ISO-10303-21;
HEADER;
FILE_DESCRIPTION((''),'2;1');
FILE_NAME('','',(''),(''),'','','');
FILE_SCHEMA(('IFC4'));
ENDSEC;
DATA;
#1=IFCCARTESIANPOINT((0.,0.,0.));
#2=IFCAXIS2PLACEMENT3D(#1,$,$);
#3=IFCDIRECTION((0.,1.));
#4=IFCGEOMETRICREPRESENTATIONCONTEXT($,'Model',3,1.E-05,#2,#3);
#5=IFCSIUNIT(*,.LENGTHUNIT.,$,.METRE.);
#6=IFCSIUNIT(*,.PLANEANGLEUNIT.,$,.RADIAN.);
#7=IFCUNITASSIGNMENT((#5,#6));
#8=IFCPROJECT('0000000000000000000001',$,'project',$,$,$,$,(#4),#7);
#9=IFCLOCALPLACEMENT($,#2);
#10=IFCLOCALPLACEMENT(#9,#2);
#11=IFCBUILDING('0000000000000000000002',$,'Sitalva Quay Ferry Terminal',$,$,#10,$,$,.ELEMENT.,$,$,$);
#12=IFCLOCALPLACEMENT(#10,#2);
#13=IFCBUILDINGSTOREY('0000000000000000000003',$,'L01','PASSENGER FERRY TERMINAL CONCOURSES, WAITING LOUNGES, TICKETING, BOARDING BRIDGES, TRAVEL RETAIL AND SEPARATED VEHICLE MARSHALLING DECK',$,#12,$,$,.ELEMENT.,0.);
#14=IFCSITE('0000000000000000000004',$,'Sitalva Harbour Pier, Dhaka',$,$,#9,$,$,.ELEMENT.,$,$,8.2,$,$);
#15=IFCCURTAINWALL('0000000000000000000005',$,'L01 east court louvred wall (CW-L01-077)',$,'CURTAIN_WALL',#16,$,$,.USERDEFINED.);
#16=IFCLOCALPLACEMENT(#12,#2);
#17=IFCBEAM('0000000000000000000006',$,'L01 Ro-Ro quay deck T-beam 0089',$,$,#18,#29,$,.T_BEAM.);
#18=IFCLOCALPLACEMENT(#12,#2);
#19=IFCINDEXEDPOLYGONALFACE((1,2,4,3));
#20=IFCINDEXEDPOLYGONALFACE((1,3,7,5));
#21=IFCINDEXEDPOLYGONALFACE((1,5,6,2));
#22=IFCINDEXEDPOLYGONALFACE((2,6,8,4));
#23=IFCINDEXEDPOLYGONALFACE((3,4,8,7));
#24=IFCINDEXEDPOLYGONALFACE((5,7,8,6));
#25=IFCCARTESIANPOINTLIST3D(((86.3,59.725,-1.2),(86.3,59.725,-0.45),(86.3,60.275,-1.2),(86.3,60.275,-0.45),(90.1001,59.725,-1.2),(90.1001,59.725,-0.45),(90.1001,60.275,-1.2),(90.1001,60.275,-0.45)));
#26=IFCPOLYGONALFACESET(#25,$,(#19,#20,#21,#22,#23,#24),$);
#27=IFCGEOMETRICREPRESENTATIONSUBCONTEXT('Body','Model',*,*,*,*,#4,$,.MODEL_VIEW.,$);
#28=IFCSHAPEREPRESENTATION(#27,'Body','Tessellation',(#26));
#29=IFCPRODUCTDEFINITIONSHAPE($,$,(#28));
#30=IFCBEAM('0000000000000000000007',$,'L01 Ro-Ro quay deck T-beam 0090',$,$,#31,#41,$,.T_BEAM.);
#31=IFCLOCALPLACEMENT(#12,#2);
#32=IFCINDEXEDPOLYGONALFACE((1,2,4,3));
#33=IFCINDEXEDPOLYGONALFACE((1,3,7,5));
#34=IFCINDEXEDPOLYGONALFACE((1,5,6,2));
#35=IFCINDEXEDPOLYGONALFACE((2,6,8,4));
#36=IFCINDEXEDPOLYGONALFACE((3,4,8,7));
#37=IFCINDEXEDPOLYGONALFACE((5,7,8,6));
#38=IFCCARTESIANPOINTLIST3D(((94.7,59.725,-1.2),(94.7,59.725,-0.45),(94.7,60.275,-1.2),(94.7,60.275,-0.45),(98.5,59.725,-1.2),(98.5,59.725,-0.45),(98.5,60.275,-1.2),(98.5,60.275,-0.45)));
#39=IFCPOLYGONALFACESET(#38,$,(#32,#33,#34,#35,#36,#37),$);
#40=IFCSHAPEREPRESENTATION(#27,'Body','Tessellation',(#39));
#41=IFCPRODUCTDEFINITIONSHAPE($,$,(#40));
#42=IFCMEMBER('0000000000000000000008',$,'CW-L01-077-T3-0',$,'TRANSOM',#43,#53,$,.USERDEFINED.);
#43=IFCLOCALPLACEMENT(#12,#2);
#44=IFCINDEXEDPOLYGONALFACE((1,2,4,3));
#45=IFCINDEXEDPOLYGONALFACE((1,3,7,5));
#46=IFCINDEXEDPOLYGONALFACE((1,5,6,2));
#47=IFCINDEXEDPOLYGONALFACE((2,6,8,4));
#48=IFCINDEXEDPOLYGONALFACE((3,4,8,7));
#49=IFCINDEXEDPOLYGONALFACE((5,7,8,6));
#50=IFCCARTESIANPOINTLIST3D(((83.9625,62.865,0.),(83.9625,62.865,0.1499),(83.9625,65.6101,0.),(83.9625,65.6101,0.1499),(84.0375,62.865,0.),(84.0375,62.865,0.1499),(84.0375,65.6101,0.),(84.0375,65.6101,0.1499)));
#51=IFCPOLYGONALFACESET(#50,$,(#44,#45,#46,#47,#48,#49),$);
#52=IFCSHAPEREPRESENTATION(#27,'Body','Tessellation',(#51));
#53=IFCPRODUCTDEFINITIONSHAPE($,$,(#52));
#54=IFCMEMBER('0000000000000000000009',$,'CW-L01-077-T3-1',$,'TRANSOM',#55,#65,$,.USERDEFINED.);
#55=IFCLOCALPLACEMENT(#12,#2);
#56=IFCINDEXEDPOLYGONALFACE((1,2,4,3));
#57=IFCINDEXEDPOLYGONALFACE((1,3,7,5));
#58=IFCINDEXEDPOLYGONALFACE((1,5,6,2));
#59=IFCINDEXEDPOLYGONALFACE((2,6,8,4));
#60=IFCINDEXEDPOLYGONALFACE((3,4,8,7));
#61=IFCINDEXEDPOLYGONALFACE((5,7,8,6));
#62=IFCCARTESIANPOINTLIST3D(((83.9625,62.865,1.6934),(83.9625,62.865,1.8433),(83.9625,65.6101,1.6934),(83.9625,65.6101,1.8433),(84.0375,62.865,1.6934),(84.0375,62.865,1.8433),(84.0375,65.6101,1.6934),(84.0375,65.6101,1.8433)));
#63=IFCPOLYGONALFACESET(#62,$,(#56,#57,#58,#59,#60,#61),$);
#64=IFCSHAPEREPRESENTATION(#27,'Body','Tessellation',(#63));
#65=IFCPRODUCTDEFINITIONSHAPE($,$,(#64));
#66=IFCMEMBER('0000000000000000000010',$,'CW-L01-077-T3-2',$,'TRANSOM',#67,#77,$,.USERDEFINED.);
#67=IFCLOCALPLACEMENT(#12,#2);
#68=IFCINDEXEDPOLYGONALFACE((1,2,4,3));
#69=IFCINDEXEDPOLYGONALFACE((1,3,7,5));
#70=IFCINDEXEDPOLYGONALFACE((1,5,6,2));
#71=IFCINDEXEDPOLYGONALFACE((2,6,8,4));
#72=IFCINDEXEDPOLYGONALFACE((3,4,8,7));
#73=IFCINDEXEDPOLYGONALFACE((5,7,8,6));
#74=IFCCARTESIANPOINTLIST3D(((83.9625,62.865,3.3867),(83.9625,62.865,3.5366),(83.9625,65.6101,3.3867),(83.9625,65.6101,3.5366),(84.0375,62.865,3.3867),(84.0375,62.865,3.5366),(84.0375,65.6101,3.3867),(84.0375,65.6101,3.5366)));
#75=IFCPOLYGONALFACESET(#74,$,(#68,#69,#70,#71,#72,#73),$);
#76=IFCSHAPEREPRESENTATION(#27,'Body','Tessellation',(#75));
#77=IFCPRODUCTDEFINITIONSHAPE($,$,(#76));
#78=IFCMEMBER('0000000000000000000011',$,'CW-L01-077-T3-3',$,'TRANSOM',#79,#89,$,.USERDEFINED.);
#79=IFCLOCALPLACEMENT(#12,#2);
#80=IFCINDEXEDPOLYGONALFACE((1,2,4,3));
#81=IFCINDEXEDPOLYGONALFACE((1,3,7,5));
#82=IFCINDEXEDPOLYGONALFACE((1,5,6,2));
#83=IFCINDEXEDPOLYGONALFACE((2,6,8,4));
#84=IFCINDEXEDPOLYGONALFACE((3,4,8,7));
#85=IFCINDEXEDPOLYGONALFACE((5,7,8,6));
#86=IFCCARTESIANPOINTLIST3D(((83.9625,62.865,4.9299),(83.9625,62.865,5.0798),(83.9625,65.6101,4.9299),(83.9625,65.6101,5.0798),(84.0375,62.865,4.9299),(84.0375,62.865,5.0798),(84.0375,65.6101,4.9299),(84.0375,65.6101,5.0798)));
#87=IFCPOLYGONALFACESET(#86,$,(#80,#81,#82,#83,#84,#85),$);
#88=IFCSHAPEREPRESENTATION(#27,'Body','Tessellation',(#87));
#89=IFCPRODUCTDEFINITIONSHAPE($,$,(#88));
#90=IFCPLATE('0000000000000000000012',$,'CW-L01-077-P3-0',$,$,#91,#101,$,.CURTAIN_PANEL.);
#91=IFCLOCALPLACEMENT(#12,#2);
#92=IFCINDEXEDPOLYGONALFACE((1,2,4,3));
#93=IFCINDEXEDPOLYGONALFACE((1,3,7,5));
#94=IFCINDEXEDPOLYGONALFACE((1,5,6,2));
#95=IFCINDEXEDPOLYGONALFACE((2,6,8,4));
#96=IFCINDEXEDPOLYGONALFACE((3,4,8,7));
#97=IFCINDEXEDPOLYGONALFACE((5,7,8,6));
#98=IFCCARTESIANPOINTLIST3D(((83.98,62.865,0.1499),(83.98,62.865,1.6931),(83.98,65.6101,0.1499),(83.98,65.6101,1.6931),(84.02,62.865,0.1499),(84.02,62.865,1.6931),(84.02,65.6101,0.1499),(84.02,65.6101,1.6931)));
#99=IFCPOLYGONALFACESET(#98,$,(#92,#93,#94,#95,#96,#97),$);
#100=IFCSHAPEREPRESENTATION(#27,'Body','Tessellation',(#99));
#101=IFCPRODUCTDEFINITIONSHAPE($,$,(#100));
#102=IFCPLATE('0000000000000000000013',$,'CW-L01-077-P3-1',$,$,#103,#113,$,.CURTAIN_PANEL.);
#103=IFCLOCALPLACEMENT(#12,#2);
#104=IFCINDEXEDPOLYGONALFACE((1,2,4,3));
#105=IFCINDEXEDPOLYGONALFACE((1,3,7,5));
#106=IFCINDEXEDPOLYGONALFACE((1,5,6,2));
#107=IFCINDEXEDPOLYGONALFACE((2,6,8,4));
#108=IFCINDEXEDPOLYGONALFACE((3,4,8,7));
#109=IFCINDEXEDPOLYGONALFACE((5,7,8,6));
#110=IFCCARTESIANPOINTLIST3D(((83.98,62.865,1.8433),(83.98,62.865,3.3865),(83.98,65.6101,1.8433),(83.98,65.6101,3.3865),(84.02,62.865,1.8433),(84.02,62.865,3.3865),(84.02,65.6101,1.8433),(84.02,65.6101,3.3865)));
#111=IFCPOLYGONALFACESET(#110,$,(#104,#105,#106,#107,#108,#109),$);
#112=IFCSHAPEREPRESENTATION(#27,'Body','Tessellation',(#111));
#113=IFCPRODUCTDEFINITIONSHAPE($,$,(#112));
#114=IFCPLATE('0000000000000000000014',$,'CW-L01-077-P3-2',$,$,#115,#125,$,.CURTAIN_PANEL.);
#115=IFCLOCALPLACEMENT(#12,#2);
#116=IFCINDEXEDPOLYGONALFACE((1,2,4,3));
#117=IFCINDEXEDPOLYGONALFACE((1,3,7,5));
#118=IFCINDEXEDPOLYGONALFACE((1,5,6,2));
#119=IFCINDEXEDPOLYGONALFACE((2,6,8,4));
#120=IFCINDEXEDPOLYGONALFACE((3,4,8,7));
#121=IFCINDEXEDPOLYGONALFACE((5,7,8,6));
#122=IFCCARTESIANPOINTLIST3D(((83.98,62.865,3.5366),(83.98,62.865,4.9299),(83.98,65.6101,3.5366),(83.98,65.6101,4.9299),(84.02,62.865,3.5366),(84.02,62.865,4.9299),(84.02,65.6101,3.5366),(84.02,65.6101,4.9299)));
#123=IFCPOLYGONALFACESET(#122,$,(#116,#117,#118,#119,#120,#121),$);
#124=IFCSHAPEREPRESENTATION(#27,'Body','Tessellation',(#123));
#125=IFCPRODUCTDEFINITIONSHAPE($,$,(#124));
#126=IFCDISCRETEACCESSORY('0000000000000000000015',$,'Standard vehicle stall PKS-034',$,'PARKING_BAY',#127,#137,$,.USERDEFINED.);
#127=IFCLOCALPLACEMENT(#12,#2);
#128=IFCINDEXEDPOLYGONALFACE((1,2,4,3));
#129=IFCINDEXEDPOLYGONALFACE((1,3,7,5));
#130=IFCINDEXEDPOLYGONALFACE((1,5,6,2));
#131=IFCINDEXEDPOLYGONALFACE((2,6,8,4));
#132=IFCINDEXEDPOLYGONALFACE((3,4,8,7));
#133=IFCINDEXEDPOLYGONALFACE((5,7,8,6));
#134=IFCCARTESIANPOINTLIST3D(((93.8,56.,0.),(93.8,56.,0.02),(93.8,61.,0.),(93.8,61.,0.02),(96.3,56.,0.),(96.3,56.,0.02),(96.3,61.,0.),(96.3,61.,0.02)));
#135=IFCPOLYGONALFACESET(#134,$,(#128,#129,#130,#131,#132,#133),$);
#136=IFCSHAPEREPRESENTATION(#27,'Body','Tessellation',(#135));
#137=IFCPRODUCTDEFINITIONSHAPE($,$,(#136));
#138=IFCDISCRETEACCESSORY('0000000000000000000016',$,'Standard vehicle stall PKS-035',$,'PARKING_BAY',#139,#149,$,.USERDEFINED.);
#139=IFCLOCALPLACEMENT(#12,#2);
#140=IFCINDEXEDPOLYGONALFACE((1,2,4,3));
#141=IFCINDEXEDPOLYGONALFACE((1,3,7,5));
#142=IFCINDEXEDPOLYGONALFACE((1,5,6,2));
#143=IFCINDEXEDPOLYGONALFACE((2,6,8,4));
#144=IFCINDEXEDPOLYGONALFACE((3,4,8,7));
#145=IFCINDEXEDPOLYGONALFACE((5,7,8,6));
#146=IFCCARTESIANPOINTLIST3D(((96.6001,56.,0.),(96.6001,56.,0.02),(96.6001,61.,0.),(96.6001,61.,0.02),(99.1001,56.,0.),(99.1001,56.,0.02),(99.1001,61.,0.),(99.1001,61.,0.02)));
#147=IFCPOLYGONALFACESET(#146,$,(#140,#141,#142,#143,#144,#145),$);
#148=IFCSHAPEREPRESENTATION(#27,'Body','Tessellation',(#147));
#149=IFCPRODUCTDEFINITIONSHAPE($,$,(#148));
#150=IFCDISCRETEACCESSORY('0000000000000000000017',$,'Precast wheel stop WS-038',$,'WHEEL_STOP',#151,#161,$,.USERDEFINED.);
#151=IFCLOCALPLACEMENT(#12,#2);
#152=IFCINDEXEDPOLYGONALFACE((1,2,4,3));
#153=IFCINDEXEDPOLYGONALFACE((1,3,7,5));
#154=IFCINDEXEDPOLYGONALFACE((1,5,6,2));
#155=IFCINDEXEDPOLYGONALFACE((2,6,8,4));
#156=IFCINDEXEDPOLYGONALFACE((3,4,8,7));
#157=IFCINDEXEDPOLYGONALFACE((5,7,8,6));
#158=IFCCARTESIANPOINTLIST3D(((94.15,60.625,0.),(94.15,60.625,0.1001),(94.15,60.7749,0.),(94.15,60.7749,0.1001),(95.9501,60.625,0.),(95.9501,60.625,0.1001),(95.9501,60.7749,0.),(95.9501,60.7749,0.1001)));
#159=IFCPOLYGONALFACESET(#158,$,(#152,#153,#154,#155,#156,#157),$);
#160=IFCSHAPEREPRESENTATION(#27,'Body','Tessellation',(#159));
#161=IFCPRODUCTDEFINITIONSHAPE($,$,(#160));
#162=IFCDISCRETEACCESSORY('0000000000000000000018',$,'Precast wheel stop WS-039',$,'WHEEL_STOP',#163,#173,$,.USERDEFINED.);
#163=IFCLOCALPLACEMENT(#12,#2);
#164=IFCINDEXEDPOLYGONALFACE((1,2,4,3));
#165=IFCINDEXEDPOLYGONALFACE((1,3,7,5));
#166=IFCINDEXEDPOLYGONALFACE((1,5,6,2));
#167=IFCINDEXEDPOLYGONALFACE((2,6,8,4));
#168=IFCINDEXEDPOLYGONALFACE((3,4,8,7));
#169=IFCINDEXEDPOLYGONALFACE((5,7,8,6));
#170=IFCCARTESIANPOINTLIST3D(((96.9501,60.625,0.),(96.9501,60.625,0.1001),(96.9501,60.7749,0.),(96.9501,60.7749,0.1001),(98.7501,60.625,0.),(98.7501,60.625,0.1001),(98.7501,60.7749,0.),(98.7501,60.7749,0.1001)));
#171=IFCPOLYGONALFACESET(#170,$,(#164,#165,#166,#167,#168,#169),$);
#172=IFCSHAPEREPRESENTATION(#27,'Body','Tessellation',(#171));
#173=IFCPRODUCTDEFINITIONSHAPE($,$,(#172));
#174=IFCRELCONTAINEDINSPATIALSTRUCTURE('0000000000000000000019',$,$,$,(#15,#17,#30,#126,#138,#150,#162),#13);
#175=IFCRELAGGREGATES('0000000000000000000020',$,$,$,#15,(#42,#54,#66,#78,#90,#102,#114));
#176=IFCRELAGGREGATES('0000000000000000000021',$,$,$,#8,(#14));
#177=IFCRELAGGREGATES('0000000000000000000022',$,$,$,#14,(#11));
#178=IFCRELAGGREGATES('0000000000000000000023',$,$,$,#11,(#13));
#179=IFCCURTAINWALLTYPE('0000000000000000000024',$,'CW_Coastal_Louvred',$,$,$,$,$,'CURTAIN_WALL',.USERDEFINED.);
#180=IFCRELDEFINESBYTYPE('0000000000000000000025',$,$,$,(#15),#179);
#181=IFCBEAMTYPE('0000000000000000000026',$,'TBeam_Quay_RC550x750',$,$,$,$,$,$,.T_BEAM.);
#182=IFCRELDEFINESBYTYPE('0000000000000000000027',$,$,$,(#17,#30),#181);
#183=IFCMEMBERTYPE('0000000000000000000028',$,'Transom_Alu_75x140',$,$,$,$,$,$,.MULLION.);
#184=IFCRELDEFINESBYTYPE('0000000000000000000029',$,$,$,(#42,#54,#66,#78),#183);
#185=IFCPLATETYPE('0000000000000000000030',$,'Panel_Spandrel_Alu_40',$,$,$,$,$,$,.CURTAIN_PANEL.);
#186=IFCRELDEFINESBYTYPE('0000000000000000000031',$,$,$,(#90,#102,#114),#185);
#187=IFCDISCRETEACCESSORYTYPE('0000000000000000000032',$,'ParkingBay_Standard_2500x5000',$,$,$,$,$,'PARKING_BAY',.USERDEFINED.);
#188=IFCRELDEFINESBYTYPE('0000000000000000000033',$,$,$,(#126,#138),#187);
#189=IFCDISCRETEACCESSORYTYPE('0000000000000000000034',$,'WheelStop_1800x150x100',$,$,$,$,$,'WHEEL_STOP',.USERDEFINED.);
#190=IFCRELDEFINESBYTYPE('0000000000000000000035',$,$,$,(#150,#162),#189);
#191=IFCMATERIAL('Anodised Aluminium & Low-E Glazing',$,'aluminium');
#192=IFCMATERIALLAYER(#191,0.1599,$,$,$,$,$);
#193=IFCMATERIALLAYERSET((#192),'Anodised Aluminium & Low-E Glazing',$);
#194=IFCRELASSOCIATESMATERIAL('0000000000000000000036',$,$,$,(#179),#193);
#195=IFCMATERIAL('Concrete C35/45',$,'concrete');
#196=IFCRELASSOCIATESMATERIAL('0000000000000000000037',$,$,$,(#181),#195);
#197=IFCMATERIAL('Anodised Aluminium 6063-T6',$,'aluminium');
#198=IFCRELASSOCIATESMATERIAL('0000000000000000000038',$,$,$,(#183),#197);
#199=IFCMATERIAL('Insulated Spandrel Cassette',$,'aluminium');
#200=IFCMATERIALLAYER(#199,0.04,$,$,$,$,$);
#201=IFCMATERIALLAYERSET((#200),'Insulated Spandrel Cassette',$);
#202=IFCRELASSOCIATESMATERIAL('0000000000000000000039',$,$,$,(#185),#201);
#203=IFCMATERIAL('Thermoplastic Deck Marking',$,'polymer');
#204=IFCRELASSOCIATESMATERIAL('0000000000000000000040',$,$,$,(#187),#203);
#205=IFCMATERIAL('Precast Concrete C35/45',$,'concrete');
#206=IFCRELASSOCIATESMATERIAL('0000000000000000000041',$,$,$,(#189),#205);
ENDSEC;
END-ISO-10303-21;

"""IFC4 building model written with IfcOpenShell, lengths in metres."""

from ifc_helpers import new_model, si_unit, direction, frame, origin, origin_2d, place, context, subcontext, project, spatial, rectangle, extrude, material, layer, layer_set, material_profile, profile_set, type_object, element, aggregate, save


model = new_model("IFC4")

# Units and contexts
model_context = context("Model", 3, precision=1e-05, world=origin(), true_north=direction((0.0, 1.0)))
body_context = subcontext(model_context, "Body", "Model", "MODEL_VIEW")
ifc_project = project(units=[si_unit("LENGTHUNIT", "METRE"), si_unit("PLANEANGLEUNIT", "RADIAN")], contexts=[model_context])

# Site, building, storey
site_placement = place(None, origin())
site = spatial("IfcSite", under=ifc_project, at=site_placement, Name="Sitalva Harbour Pier, Dhaka", CompositionType="ELEMENT", RefElevation=8.2)
building_placement = place(site_placement, origin())
building = spatial("IfcBuilding", under=site, at=building_placement, Name="Sitalva Quay Ferry Terminal", CompositionType="ELEMENT")
storey_placement = place(building_placement, origin())
storey = spatial("IfcBuildingStorey", under=building, at=storey_placement, Name="L01", Description="PASSENGER FERRY TERMINAL CONCOURSES, WAITING LOUNGES, TICKETING, BOARDING BRIDGES, TRAVEL RETAIL AND SEPARATED VEHICLE MARSHALLING DECK", CompositionType="ELEMENT", Elevation=0.0)

# Curtain wall
ifc_material_1 = material(Name="Anodised Aluminium & Low-E Glazing", Category="aluminium")
ifc_layer_1 = layer(ifc_material_1, 0.1599)
ifc_layer_set_1 = layer_set([ifc_layer_1], Name="Anodised Aluminium & Low-E Glazing")
curtain_wall_type = type_object("IfcCurtainWallType", Name="CW_Coastal_Louvred", ElementType="CURTAIN_WALL", PredefinedType="USERDEFINED", material=ifc_layer_set_1)
curtain_wall_placement = place(storey_placement, origin())
curtain_wall = element("IfcCurtainWall", 1, at=curtain_wall_placement, inside=storey, type_object=curtain_wall_type, Name="L01 east court louvred wall (CW-L01-077)", ObjectType="CURTAIN_WALL", PredefinedType="USERDEFINED")

# Beams
ifc_material_2 = material(Name="Concrete C35/45", Category="concrete")
ifc_material_profile_1 = material_profile(ifc_material_2, rectangle(XDim=0.55, YDim=0.75, at=origin_2d()), Name="RC550x750")
ifc_profile_set_1 = profile_set([ifc_material_profile_1], Name="Concrete C35/45")
beam_type_1 = type_object("IfcBeamType", Name="TBeam_Quay_RC550x750", PredefinedType="T_BEAM", material=ifc_profile_set_1)
for number, where, z_axis, x_axis, name in (
    (2, (86.3, 60.0, -0.825), (1.0, 0.0, 0.0), (0.0, 1.0, 0.0), "L01 Ro-Ro quay deck T-beam 0089"),
    (3, (94.7, 60.0, -0.825), (1.0, 0.0, 0.0), (0.0, 1.0, 0.0), "L01 Ro-Ro quay deck T-beam 0090"),
):
    element("IfcBeam", number, at=place(storey_placement, frame(where, z_axis=z_axis, x_axis=x_axis)), inside=storey, type_object=beam_type_1, Name=name, PredefinedType="T_BEAM", context=body_context, shape_type="SweptSolid", body=[
        extrude(rectangle(XDim=0.55, YDim=0.75, at=origin_2d()), origin(), (0.0, 0.0, 1.0), 3.8),
    ])

# Members
ifc_material_3 = material(Name="Anodised Aluminium 6063-T6", Category="aluminium")
ifc_material_profile_2 = material_profile(ifc_material_3, rectangle(XDim=0.075, YDim=0.1499, at=origin_2d()), Name="ALU75x150")
ifc_profile_set_2 = profile_set([ifc_material_profile_2], Name="Anodised Aluminium 6063-T6")
member_type_1 = type_object("IfcMemberType", Name="Transom_Alu_75x140", PredefinedType="MULLION", material=ifc_profile_set_2)
member_1_placement = place(storey_placement, frame((84.0, 62.865, 0.075), z_axis=(0.0, 1.0, 0.0), x_axis=(-1.0, 0.0, 0.0)))
member_1 = element("IfcMember", 4, at=member_1_placement, type_object=member_type_1, Name="CW-L01-077-T3-0", ObjectType="TRANSOM", PredefinedType="USERDEFINED", context=body_context, shape_type="SweptSolid", body=[
    extrude(rectangle(XDim=0.075, YDim=0.1499, at=origin_2d()), origin(), (0.0, 0.0, 1.0), 2.7451),
])
member_2_placement = place(storey_placement, frame((84.0, 62.865, 1.7683), z_axis=(0.0, 1.0, 0.0), x_axis=(-1.0, 0.0, 0.0)))
member_2 = element("IfcMember", 5, at=member_2_placement, type_object=member_type_1, Name="CW-L01-077-T3-1", ObjectType="TRANSOM", PredefinedType="USERDEFINED", context=body_context, shape_type="SweptSolid", body=[
    extrude(rectangle(XDim=0.075, YDim=0.1499, at=origin_2d()), origin(), (0.0, 0.0, 1.0), 2.7451),
])
member_3_placement = place(storey_placement, frame((84.0, 62.865, 3.4617), z_axis=(0.0, 1.0, 0.0), x_axis=(-1.0, 0.0, 0.0)))
member_3 = element("IfcMember", 6, at=member_3_placement, type_object=member_type_1, Name="CW-L01-077-T3-2", ObjectType="TRANSOM", PredefinedType="USERDEFINED", context=body_context, shape_type="SweptSolid", body=[
    extrude(rectangle(XDim=0.075, YDim=0.1499, at=origin_2d()), origin(), (0.0, 0.0, 1.0), 2.7451),
])
member_4_placement = place(storey_placement, frame((84.0, 62.865, 5.0049), z_axis=(0.0, 1.0, 0.0), x_axis=(-1.0, 0.0, 0.0)))
member_4 = element("IfcMember", 7, at=member_4_placement, type_object=member_type_1, Name="CW-L01-077-T3-3", ObjectType="TRANSOM", PredefinedType="USERDEFINED", context=body_context, shape_type="SweptSolid", body=[
    extrude(rectangle(XDim=0.075, YDim=0.1499, at=origin_2d()), origin(), (0.0, 0.0, 1.0), 2.7451),
])

# Plates
ifc_material_4 = material(Name="Insulated Spandrel Cassette", Category="aluminium")
ifc_layer_2 = layer(ifc_material_4, 0.04)
ifc_layer_set_2 = layer_set([ifc_layer_2], Name="Insulated Spandrel Cassette")
plate_type = type_object("IfcPlateType", Name="Panel_Spandrel_Alu_40", PredefinedType="CURTAIN_PANEL", material=ifc_layer_set_2)
plate_1_placement = place(storey_placement, frame((84.0, 64.2375, 0.1499), z_axis=(0.0, 0.0, 1.0), x_axis=(0.0, 1.0, 0.0)))
plate_1 = element("IfcPlate", 8, at=plate_1_placement, type_object=plate_type, Name="CW-L01-077-P3-0", PredefinedType="CURTAIN_PANEL", context=body_context, shape_type="SweptSolid", body=[
    extrude(rectangle(XDim=2.7451, YDim=0.04, at=origin_2d()), origin(), (0.0, 0.0, 1.0), 1.5432),
])
plate_2_placement = place(storey_placement, frame((84.0, 64.2375, 1.8433), z_axis=(0.0, 0.0, 1.0), x_axis=(0.0, 1.0, 0.0)))
plate_2 = element("IfcPlate", 9, at=plate_2_placement, type_object=plate_type, Name="CW-L01-077-P3-1", PredefinedType="CURTAIN_PANEL", context=body_context, shape_type="SweptSolid", body=[
    extrude(rectangle(XDim=2.7451, YDim=0.04, at=origin_2d()), origin(), (0.0, 0.0, 1.0), 1.5432),
])
plate_3_placement = place(storey_placement, frame((84.0, 64.2375, 3.5366), z_axis=(0.0, 0.0, 1.0), x_axis=(0.0, 1.0, 0.0)))
plate_3 = element("IfcPlate", 10, at=plate_3_placement, type_object=plate_type, Name="CW-L01-077-P3-2", PredefinedType="CURTAIN_PANEL", context=body_context, shape_type="SweptSolid", body=[
    extrude(rectangle(XDim=2.7451, YDim=0.04, at=origin_2d()), origin(), (0.0, 0.0, 1.0), 1.3933),
])
aggregate(curtain_wall, [member_1, member_2, member_3, member_4, plate_1, plate_2, plate_3])

# Discrete accessories
ifc_material_5 = material(Name="Thermoplastic Deck Marking", Category="polymer")
discrete_accessory_type_1 = type_object("IfcDiscreteAccessoryType", Name="ParkingBay_Standard_2500x5000", ElementType="PARKING_BAY", PredefinedType="USERDEFINED", material=ifc_material_5)
for number, where, z_axis, x_axis, name in (
    (11, (95.05, 58.5, 0.0), (0.0, 0.0, 1.0), (1.0, 0.0, 0.0), "Standard vehicle stall PKS-034"),
    (12, (97.8501, 58.5, 0.0), (0.0, 0.0, 1.0), (1.0, 0.0, 0.0), "Standard vehicle stall PKS-035"),
):
    element("IfcDiscreteAccessory", number, at=place(storey_placement, frame(where, z_axis=z_axis, x_axis=x_axis)), inside=storey, type_object=discrete_accessory_type_1, Name=name, ObjectType="PARKING_BAY", PredefinedType="USERDEFINED", context=body_context, shape_type="SweptSolid", body=[
        extrude(rectangle(XDim=2.5, YDim=5.0, at=origin_2d()), origin(), (0.0, 0.0, 1.0), 0.02),
    ])
ifc_material_6 = material(Name="Precast Concrete C35/45", Category="concrete")
discrete_accessory_type_2 = type_object("IfcDiscreteAccessoryType", Name="WheelStop_1800x150x100", ElementType="WHEEL_STOP", PredefinedType="USERDEFINED", material=ifc_material_6)
for number, where, z_axis, x_axis, name in (
    (13, (95.05, 60.7, 0.0), (0.0, 0.0, 1.0), (1.0, 0.0, 0.0), "Precast wheel stop WS-038"),
    (14, (97.8501, 60.7, 0.0), (0.0, 0.0, 1.0), (1.0, 0.0, 0.0), "Precast wheel stop WS-039"),
):
    element("IfcDiscreteAccessory", number, at=place(storey_placement, frame(where, z_axis=z_axis, x_axis=x_axis)), inside=storey, type_object=discrete_accessory_type_2, Name=name, ObjectType="WHEEL_STOP", PredefinedType="USERDEFINED", context=body_context, shape_type="SweptSolid", body=[
        extrude(rectangle(XDim=1.8, YDim=0.1499, at=origin_2d()), origin(), (0.0, 0.0, 1.0), 0.1001),
    ])

save(model, "model.ifc")
